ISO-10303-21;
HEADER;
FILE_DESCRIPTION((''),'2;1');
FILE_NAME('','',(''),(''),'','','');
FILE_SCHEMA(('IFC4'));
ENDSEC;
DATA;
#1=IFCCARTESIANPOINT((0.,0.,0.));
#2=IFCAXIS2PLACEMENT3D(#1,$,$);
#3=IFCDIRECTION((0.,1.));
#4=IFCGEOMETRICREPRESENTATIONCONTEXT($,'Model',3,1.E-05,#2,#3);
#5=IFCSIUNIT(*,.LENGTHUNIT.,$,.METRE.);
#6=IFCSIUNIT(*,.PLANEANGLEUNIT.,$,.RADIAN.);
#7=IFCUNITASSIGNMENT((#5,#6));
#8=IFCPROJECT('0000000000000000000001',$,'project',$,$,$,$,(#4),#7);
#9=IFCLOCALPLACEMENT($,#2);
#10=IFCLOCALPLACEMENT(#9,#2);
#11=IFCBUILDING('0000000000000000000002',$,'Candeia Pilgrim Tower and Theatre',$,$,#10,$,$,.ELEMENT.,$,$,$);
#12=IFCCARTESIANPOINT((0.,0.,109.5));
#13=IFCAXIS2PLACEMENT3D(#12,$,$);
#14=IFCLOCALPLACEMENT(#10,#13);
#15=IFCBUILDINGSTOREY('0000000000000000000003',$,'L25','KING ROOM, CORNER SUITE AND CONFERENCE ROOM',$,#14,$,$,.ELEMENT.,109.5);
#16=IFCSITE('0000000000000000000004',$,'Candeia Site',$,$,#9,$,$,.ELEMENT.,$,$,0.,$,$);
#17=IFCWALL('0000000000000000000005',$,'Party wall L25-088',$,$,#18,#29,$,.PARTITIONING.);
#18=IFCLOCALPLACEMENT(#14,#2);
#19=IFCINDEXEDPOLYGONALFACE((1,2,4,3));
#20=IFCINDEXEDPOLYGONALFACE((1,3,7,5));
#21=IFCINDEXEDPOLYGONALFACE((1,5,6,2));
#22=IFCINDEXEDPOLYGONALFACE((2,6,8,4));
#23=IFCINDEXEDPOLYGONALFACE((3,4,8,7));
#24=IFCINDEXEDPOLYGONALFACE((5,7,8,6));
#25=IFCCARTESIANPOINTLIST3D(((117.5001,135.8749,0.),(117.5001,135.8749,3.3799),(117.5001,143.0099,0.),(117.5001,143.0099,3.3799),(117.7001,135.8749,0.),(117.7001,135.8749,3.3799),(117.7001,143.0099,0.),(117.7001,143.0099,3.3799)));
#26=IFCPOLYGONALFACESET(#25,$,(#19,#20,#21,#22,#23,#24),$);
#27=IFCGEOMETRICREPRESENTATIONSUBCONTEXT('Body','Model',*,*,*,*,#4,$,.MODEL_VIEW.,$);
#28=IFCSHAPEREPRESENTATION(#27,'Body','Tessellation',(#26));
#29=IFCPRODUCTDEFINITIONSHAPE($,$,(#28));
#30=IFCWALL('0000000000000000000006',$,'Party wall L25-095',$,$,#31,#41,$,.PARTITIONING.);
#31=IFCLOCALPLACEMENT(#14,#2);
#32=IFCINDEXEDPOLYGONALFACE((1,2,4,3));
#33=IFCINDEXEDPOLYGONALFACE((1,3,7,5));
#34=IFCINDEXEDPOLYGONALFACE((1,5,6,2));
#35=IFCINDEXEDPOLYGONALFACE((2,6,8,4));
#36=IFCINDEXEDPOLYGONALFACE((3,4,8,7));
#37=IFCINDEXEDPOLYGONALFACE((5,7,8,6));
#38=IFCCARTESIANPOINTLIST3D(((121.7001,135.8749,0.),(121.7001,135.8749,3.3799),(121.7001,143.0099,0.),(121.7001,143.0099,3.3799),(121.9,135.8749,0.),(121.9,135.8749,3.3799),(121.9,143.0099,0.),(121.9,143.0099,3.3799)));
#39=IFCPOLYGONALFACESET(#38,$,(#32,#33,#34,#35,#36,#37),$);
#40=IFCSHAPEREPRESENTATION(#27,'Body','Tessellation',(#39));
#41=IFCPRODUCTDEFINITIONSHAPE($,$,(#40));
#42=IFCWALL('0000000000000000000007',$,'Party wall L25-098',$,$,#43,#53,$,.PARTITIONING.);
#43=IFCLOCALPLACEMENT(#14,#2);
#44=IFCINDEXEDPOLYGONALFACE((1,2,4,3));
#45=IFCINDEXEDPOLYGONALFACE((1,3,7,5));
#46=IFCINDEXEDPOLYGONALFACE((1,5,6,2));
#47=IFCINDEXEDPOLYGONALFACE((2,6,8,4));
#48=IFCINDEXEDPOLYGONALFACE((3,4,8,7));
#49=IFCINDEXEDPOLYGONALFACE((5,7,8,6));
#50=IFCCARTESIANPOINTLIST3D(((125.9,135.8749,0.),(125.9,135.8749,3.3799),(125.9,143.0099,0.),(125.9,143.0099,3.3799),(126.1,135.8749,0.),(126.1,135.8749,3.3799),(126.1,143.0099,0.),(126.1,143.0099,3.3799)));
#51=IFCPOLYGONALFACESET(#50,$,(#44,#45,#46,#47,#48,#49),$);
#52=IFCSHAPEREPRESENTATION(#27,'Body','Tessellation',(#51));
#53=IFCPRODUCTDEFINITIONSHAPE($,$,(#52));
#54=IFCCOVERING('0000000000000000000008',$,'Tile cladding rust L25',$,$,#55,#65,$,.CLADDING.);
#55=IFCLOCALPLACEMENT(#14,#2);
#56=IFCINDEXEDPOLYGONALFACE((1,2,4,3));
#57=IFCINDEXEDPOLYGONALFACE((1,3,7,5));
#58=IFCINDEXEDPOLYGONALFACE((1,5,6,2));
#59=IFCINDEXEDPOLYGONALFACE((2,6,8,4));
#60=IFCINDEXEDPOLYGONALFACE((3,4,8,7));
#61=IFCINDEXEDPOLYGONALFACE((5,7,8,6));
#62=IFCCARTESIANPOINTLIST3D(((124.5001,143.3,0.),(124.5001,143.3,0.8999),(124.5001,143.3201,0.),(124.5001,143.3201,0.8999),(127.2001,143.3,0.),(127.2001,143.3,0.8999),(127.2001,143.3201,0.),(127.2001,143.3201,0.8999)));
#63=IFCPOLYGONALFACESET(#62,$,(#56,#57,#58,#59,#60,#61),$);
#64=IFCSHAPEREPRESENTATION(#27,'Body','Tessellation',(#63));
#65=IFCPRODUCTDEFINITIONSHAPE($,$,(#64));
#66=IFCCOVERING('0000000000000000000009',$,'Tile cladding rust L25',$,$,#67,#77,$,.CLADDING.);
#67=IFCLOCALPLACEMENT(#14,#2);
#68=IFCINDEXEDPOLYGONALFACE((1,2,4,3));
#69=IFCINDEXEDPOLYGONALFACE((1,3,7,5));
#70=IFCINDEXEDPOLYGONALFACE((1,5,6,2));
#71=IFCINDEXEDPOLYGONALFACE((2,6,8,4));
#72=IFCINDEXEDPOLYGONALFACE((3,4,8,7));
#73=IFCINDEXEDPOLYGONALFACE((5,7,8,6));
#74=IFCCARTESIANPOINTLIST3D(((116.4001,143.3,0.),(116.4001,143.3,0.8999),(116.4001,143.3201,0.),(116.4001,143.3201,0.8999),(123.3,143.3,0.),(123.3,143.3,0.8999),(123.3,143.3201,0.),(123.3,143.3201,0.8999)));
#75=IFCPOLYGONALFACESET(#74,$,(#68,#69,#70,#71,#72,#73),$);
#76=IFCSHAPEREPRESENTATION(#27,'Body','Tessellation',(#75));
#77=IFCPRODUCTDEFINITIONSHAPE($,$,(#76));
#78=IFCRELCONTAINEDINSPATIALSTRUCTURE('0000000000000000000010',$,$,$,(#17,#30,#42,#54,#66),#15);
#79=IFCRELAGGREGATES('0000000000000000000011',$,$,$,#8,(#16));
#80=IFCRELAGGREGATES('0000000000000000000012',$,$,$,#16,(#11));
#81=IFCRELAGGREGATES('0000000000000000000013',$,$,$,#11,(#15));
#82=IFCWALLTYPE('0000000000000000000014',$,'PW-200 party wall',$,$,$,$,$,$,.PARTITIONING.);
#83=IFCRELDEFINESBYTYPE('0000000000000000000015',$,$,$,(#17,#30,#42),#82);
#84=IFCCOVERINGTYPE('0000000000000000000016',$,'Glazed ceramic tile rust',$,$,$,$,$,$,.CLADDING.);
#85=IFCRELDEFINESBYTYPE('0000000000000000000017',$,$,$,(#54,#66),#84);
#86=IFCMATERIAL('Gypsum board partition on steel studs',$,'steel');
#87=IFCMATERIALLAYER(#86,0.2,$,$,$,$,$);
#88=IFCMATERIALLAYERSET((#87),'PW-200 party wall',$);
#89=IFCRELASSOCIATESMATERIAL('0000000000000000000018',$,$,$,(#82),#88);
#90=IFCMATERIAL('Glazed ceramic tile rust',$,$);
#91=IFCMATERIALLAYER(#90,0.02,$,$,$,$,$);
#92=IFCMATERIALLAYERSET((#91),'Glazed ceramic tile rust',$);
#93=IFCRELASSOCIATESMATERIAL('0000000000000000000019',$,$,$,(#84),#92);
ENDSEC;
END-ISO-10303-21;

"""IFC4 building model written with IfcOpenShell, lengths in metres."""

from ifc_helpers import new_model, si_unit, direction, frame, frame_2d, origin, origin_2d, place, context, subcontext, project, spatial, rectangle, extrude, material, layer, layer_set, type_object, element, save


model = new_model("IFC4")

# Units and contexts
model_context = context("Model", 3, precision=1e-05, world=origin(), true_north=direction((0.0, 1.0)))
body_context = subcontext(model_context, "Body", "Model", "MODEL_VIEW")
ifc_project = project(units=[si_unit("LENGTHUNIT", "METRE"), si_unit("PLANEANGLEUNIT", "RADIAN")], contexts=[model_context])

# Site, building, storey
site_placement = place(None, origin())
site = spatial("IfcSite", under=ifc_project, at=site_placement, Name="Candeia Site", CompositionType="ELEMENT", RefElevation=0.0)
building_placement = place(site_placement, origin())
building = spatial("IfcBuilding", under=site, at=building_placement, Name="Candeia Pilgrim Tower and Theatre", CompositionType="ELEMENT")
storey_placement = place(building_placement, frame((0.0, 0.0, 109.5)))
storey = spatial("IfcBuildingStorey", under=building, at=storey_placement, Name="L25", Description="KING ROOM, CORNER SUITE AND CONFERENCE ROOM", CompositionType="ELEMENT", Elevation=109.5)

# Shared definitions
ifc_material_1 = material(Name="Gypsum board partition on steel studs", Category="steel")

# Walls
ifc_layer_1 = layer(ifc_material_1, 0.2)
ifc_layer_set_1 = layer_set([ifc_layer_1], Name="PW-200 party wall")
wall_type_1 = type_object("IfcWallType", Name="PW-200 party wall", PredefinedType="PARTITIONING", material=ifc_layer_set_1)
for number, where, z_axis, x_axis, name in (
    (1, (117.6001, 135.875, 0.0), (0.0, 0.0, 1.0), (0.0, 1.0, 0.0), "Party wall L25-088"),
    (2, (121.8, 135.875, 0.0), (0.0, 0.0, 1.0), (0.0, 1.0, 0.0), "Party wall L25-095"),
    (3, (126.0, 135.875, 0.0), (0.0, 0.0, 1.0), (0.0, 1.0, 0.0), "Party wall L25-098"),
):
    element("IfcWall", number, at=place(storey_placement, frame(where, z_axis=z_axis, x_axis=x_axis)), inside=storey, type_object=wall_type_1, Name=name, PredefinedType="PARTITIONING", context=body_context, shape_type="SweptSolid", body=[
        extrude(rectangle(XDim=7.135, YDim=0.2, at=frame_2d((3.5674, 0.0))), origin(), (0.0, 0.0, 1.0), 3.3799),
    ])

# Coverings
ifc_material_2 = material(Name="Glazed ceramic tile rust")
ifc_layer_2 = layer(ifc_material_2, 0.02)
ifc_layer_set_2 = layer_set([ifc_layer_2], Name="Glazed ceramic tile rust")
covering_type = type_object("IfcCoveringType", Name="Glazed ceramic tile rust", PredefinedType="CLADDING", material=ifc_layer_set_2)
covering_1_placement = place(storey_placement, frame((125.8501, 143.3101, 0.0), z_axis=(0.0, 0.0, 1.0), x_axis=(-1.0, 0.0, 0.0)))
element("IfcCovering", 4, at=covering_1_placement, inside=storey, type_object=covering_type, Name="Tile cladding rust L25", PredefinedType="CLADDING", context=body_context, shape_type="SweptSolid", body=[
    extrude(rectangle(XDim=2.7, YDim=0.02, at=origin_2d()), origin(), (0.0, 0.0, 1.0), 0.8999),
])
covering_2_placement = place(storey_placement, frame((119.8501, 143.3101, 0.0), z_axis=(0.0, 0.0, 1.0), x_axis=(-1.0, 0.0, 0.0)))
element("IfcCovering", 5, at=covering_2_placement, inside=storey, type_object=covering_type, Name="Tile cladding rust L25", PredefinedType="CLADDING", context=body_context, shape_type="SweptSolid", body=[
    extrude(rectangle(XDim=6.8999, YDim=0.02, at=origin_2d()), origin(), (0.0, 0.0, 1.0), 0.8999),
])

save(model, "model.ifc")
